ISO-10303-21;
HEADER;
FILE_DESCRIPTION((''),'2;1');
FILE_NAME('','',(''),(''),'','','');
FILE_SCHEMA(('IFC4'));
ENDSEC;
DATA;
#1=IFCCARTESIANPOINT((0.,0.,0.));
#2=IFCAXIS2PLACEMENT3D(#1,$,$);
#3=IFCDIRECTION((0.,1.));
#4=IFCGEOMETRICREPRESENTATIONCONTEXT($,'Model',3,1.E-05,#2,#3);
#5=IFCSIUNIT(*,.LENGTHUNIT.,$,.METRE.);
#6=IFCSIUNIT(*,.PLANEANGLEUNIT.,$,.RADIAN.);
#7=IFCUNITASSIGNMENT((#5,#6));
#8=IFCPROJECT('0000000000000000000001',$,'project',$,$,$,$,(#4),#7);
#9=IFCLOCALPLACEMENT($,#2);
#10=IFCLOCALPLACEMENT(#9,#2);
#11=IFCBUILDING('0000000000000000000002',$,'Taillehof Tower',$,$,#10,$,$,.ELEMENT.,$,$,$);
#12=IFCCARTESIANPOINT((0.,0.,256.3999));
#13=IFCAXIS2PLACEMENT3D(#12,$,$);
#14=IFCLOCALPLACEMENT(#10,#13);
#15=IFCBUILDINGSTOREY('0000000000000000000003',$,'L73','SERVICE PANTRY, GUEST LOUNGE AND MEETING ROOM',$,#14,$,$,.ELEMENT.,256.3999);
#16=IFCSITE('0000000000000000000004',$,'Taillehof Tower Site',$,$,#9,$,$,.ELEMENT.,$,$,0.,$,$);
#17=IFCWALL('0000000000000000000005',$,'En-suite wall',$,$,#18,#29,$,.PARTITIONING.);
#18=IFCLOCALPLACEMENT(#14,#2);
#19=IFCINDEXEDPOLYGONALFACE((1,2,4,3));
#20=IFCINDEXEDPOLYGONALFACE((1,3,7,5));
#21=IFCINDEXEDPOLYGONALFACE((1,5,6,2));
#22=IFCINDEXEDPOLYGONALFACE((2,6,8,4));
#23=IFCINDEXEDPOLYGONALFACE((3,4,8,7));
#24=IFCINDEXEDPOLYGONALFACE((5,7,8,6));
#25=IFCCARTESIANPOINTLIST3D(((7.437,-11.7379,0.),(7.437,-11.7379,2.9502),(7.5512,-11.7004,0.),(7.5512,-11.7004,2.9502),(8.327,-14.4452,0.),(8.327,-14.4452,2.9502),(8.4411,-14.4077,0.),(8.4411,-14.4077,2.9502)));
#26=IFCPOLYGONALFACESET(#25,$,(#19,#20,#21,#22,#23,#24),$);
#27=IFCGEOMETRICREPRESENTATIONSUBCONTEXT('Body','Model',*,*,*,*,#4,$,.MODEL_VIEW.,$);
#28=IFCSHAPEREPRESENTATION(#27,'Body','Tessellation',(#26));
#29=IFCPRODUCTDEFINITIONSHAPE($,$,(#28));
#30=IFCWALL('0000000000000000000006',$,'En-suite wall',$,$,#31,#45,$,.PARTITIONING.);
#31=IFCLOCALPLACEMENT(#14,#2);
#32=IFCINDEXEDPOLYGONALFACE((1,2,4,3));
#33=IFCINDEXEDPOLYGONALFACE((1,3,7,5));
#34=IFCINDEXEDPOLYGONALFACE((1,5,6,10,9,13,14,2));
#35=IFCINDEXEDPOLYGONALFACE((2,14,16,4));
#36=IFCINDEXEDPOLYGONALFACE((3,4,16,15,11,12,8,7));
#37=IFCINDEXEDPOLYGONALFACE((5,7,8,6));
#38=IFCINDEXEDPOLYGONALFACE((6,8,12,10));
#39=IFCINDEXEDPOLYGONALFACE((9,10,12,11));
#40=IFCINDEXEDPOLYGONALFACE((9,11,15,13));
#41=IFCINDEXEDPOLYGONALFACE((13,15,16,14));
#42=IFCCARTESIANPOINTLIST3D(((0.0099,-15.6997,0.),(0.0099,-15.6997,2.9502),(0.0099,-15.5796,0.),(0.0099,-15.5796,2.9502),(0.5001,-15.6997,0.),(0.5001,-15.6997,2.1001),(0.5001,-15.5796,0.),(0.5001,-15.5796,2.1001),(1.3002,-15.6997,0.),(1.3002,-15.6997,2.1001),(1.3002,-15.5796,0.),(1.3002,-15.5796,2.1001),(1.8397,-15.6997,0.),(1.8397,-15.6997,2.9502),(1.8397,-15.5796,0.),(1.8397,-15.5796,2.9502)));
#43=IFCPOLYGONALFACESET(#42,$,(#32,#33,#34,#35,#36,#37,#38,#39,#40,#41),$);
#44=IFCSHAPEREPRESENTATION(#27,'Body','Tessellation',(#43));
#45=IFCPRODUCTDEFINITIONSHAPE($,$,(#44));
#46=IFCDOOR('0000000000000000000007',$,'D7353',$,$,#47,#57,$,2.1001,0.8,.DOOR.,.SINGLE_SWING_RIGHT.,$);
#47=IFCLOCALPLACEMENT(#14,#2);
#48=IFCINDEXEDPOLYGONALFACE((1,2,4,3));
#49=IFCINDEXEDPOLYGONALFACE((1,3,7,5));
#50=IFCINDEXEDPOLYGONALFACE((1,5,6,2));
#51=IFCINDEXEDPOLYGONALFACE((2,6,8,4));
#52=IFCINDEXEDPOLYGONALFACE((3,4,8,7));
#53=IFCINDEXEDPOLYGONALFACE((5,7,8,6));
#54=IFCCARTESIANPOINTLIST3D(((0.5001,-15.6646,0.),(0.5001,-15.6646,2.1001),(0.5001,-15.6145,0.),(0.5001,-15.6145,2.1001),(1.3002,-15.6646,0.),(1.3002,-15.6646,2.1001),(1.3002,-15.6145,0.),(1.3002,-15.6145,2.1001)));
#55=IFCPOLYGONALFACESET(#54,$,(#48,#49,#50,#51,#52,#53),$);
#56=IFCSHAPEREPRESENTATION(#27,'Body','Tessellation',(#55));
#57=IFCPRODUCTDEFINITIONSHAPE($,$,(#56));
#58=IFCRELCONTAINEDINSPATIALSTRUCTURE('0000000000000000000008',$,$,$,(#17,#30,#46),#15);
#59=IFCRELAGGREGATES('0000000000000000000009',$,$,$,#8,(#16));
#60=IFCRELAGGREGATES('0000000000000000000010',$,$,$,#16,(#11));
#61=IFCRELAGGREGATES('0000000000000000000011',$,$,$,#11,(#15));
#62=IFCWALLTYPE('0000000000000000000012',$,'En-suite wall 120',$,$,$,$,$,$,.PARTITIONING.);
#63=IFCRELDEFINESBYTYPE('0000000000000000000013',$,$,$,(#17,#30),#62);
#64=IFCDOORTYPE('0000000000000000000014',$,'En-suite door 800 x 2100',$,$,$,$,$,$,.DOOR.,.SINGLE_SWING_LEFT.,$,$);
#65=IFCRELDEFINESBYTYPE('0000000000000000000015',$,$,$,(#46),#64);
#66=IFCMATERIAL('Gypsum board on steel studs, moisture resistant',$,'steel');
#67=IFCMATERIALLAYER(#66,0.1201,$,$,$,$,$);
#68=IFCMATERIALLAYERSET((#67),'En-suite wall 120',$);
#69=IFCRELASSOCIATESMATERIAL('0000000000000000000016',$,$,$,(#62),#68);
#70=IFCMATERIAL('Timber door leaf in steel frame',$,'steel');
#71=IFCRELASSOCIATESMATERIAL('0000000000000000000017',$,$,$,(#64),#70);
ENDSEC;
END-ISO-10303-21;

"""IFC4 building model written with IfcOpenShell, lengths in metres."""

from ifc_helpers import new_model, si_unit, direction, frame, frame_2d, origin, place, context, subcontext, project, spatial, rectangle, extrude, material, layer, layer_set, type_object, element, fill, save


model = new_model("IFC4")

# Units and contexts
model_context = context("Model", 3, precision=1e-05, world=origin(), true_north=direction((0.0, 1.0)))
body_context = subcontext(model_context, "Body", "Model", "MODEL_VIEW")
ifc_project = project(units=[si_unit("LENGTHUNIT", "METRE"), si_unit("PLANEANGLEUNIT", "RADIAN")], contexts=[model_context])

# Site, building, storey
site_placement = place(None, origin())
site = spatial("IfcSite", under=ifc_project, at=site_placement, Name="Taillehof Tower Site", CompositionType="ELEMENT", RefElevation=0.0)
building_placement = place(site_placement, origin())
building = spatial("IfcBuilding", under=site, at=building_placement, Name="Taillehof Tower", CompositionType="ELEMENT")
storey_placement = place(building_placement, frame((0.0, 0.0, 256.3999)))
storey = spatial("IfcBuildingStorey", under=building, at=storey_placement, Name="L73", Description="SERVICE PANTRY, GUEST LOUNGE AND MEETING ROOM", CompositionType="ELEMENT", Elevation=256.3999)

# Wall
ifc_material_1 = material(Name="Gypsum board on steel studs, moisture resistant", Category="steel")
ifc_layer_1 = layer(ifc_material_1, 0.1201)
ifc_layer_set_1 = layer_set([ifc_layer_1], Name="En-suite wall 120")
wall_type_1 = type_object("IfcWallType", Name="En-suite wall 120", PredefinedType="PARTITIONING", material=ifc_layer_set_1)
wall_1_placement = place(storey_placement, frame((7.4941, -11.7192, 0.0), z_axis=(0.0, 0.0, 1.0), x_axis=(0.312267, -0.949994, 0.0)))
element("IfcWall", 1, at=wall_1_placement, inside=storey, type_object=wall_type_1, Name="En-suite wall", PredefinedType="PARTITIONING", context=body_context, shape_type="SweptSolid", body=[
    extrude(rectangle(XDim=2.8499, YDim=0.1201, at=frame_2d((1.4248, 0.0))), origin(), (0.0, 0.0, 1.0), 2.9502),
])

# Wall, opening, door
wall_2_placement = place(storey_placement, frame((1.8398, -15.6396, 0.0), z_axis=(0.0, 0.0, 1.0), x_axis=(-1.0, 0.0, 0.0)))
wall_2 = element("IfcWall", 2, at=wall_2_placement, inside=storey, type_object=wall_type_1, Name="En-suite wall", PredefinedType="PARTITIONING", context=body_context, shape_type="SweptSolid", body=[
    extrude(rectangle(XDim=1.8298, YDim=0.1201, at=frame_2d((0.915, 0.0))), origin(), (0.0, 0.0, 1.0), 2.9502),
])
opening_1_placement = place(wall_2_placement, frame((0.5398, 0.0, 0.0)))
opening_1 = element("IfcOpeningElement", 3, at=opening_1_placement, cuts=wall_2, PredefinedType="OPENING", context=body_context, shape_type="SweptSolid", body=[
    extrude(rectangle(XDim=0.8, YDim=2.1001, at=frame_2d((0.3999, 1.05))), frame((0.0, 0.0701, 0.0), z_axis=(0.0, -1.0, 0.0), x_axis=(1.0, 0.0, 0.0)), (0.0, 0.0, 1.0), 0.1401),
])
ifc_material_2 = material(Name="Timber door leaf in steel frame", Category="steel")
door_type_1 = type_object("IfcDoorType", Name="En-suite door 800 x 2100", OperationType="SINGLE_SWING_LEFT", PredefinedType="DOOR", material=ifc_material_2)
door_1_placement = place(opening_1_placement, origin())
door_1 = element("IfcDoor", 4, at=door_1_placement, inside=storey, type_object=door_type_1, Name="D7353", OperationType="SINGLE_SWING_RIGHT", OverallHeight=2.1001, OverallWidth=0.8, PredefinedType="DOOR", context=body_context, shape_type="SweptSolid", body=[
    extrude(rectangle(XDim=0.8, YDim=2.1001, at=frame_2d((0.3999, 1.05))), frame((0.0, 0.0249, 0.0), z_axis=(0.0, -1.0, 0.0), x_axis=(1.0, 0.0, 0.0)), (0.0, 0.0, 1.0), 0.05),
])
fill(opening_1, door_1)

save(model, "model.ifc")
